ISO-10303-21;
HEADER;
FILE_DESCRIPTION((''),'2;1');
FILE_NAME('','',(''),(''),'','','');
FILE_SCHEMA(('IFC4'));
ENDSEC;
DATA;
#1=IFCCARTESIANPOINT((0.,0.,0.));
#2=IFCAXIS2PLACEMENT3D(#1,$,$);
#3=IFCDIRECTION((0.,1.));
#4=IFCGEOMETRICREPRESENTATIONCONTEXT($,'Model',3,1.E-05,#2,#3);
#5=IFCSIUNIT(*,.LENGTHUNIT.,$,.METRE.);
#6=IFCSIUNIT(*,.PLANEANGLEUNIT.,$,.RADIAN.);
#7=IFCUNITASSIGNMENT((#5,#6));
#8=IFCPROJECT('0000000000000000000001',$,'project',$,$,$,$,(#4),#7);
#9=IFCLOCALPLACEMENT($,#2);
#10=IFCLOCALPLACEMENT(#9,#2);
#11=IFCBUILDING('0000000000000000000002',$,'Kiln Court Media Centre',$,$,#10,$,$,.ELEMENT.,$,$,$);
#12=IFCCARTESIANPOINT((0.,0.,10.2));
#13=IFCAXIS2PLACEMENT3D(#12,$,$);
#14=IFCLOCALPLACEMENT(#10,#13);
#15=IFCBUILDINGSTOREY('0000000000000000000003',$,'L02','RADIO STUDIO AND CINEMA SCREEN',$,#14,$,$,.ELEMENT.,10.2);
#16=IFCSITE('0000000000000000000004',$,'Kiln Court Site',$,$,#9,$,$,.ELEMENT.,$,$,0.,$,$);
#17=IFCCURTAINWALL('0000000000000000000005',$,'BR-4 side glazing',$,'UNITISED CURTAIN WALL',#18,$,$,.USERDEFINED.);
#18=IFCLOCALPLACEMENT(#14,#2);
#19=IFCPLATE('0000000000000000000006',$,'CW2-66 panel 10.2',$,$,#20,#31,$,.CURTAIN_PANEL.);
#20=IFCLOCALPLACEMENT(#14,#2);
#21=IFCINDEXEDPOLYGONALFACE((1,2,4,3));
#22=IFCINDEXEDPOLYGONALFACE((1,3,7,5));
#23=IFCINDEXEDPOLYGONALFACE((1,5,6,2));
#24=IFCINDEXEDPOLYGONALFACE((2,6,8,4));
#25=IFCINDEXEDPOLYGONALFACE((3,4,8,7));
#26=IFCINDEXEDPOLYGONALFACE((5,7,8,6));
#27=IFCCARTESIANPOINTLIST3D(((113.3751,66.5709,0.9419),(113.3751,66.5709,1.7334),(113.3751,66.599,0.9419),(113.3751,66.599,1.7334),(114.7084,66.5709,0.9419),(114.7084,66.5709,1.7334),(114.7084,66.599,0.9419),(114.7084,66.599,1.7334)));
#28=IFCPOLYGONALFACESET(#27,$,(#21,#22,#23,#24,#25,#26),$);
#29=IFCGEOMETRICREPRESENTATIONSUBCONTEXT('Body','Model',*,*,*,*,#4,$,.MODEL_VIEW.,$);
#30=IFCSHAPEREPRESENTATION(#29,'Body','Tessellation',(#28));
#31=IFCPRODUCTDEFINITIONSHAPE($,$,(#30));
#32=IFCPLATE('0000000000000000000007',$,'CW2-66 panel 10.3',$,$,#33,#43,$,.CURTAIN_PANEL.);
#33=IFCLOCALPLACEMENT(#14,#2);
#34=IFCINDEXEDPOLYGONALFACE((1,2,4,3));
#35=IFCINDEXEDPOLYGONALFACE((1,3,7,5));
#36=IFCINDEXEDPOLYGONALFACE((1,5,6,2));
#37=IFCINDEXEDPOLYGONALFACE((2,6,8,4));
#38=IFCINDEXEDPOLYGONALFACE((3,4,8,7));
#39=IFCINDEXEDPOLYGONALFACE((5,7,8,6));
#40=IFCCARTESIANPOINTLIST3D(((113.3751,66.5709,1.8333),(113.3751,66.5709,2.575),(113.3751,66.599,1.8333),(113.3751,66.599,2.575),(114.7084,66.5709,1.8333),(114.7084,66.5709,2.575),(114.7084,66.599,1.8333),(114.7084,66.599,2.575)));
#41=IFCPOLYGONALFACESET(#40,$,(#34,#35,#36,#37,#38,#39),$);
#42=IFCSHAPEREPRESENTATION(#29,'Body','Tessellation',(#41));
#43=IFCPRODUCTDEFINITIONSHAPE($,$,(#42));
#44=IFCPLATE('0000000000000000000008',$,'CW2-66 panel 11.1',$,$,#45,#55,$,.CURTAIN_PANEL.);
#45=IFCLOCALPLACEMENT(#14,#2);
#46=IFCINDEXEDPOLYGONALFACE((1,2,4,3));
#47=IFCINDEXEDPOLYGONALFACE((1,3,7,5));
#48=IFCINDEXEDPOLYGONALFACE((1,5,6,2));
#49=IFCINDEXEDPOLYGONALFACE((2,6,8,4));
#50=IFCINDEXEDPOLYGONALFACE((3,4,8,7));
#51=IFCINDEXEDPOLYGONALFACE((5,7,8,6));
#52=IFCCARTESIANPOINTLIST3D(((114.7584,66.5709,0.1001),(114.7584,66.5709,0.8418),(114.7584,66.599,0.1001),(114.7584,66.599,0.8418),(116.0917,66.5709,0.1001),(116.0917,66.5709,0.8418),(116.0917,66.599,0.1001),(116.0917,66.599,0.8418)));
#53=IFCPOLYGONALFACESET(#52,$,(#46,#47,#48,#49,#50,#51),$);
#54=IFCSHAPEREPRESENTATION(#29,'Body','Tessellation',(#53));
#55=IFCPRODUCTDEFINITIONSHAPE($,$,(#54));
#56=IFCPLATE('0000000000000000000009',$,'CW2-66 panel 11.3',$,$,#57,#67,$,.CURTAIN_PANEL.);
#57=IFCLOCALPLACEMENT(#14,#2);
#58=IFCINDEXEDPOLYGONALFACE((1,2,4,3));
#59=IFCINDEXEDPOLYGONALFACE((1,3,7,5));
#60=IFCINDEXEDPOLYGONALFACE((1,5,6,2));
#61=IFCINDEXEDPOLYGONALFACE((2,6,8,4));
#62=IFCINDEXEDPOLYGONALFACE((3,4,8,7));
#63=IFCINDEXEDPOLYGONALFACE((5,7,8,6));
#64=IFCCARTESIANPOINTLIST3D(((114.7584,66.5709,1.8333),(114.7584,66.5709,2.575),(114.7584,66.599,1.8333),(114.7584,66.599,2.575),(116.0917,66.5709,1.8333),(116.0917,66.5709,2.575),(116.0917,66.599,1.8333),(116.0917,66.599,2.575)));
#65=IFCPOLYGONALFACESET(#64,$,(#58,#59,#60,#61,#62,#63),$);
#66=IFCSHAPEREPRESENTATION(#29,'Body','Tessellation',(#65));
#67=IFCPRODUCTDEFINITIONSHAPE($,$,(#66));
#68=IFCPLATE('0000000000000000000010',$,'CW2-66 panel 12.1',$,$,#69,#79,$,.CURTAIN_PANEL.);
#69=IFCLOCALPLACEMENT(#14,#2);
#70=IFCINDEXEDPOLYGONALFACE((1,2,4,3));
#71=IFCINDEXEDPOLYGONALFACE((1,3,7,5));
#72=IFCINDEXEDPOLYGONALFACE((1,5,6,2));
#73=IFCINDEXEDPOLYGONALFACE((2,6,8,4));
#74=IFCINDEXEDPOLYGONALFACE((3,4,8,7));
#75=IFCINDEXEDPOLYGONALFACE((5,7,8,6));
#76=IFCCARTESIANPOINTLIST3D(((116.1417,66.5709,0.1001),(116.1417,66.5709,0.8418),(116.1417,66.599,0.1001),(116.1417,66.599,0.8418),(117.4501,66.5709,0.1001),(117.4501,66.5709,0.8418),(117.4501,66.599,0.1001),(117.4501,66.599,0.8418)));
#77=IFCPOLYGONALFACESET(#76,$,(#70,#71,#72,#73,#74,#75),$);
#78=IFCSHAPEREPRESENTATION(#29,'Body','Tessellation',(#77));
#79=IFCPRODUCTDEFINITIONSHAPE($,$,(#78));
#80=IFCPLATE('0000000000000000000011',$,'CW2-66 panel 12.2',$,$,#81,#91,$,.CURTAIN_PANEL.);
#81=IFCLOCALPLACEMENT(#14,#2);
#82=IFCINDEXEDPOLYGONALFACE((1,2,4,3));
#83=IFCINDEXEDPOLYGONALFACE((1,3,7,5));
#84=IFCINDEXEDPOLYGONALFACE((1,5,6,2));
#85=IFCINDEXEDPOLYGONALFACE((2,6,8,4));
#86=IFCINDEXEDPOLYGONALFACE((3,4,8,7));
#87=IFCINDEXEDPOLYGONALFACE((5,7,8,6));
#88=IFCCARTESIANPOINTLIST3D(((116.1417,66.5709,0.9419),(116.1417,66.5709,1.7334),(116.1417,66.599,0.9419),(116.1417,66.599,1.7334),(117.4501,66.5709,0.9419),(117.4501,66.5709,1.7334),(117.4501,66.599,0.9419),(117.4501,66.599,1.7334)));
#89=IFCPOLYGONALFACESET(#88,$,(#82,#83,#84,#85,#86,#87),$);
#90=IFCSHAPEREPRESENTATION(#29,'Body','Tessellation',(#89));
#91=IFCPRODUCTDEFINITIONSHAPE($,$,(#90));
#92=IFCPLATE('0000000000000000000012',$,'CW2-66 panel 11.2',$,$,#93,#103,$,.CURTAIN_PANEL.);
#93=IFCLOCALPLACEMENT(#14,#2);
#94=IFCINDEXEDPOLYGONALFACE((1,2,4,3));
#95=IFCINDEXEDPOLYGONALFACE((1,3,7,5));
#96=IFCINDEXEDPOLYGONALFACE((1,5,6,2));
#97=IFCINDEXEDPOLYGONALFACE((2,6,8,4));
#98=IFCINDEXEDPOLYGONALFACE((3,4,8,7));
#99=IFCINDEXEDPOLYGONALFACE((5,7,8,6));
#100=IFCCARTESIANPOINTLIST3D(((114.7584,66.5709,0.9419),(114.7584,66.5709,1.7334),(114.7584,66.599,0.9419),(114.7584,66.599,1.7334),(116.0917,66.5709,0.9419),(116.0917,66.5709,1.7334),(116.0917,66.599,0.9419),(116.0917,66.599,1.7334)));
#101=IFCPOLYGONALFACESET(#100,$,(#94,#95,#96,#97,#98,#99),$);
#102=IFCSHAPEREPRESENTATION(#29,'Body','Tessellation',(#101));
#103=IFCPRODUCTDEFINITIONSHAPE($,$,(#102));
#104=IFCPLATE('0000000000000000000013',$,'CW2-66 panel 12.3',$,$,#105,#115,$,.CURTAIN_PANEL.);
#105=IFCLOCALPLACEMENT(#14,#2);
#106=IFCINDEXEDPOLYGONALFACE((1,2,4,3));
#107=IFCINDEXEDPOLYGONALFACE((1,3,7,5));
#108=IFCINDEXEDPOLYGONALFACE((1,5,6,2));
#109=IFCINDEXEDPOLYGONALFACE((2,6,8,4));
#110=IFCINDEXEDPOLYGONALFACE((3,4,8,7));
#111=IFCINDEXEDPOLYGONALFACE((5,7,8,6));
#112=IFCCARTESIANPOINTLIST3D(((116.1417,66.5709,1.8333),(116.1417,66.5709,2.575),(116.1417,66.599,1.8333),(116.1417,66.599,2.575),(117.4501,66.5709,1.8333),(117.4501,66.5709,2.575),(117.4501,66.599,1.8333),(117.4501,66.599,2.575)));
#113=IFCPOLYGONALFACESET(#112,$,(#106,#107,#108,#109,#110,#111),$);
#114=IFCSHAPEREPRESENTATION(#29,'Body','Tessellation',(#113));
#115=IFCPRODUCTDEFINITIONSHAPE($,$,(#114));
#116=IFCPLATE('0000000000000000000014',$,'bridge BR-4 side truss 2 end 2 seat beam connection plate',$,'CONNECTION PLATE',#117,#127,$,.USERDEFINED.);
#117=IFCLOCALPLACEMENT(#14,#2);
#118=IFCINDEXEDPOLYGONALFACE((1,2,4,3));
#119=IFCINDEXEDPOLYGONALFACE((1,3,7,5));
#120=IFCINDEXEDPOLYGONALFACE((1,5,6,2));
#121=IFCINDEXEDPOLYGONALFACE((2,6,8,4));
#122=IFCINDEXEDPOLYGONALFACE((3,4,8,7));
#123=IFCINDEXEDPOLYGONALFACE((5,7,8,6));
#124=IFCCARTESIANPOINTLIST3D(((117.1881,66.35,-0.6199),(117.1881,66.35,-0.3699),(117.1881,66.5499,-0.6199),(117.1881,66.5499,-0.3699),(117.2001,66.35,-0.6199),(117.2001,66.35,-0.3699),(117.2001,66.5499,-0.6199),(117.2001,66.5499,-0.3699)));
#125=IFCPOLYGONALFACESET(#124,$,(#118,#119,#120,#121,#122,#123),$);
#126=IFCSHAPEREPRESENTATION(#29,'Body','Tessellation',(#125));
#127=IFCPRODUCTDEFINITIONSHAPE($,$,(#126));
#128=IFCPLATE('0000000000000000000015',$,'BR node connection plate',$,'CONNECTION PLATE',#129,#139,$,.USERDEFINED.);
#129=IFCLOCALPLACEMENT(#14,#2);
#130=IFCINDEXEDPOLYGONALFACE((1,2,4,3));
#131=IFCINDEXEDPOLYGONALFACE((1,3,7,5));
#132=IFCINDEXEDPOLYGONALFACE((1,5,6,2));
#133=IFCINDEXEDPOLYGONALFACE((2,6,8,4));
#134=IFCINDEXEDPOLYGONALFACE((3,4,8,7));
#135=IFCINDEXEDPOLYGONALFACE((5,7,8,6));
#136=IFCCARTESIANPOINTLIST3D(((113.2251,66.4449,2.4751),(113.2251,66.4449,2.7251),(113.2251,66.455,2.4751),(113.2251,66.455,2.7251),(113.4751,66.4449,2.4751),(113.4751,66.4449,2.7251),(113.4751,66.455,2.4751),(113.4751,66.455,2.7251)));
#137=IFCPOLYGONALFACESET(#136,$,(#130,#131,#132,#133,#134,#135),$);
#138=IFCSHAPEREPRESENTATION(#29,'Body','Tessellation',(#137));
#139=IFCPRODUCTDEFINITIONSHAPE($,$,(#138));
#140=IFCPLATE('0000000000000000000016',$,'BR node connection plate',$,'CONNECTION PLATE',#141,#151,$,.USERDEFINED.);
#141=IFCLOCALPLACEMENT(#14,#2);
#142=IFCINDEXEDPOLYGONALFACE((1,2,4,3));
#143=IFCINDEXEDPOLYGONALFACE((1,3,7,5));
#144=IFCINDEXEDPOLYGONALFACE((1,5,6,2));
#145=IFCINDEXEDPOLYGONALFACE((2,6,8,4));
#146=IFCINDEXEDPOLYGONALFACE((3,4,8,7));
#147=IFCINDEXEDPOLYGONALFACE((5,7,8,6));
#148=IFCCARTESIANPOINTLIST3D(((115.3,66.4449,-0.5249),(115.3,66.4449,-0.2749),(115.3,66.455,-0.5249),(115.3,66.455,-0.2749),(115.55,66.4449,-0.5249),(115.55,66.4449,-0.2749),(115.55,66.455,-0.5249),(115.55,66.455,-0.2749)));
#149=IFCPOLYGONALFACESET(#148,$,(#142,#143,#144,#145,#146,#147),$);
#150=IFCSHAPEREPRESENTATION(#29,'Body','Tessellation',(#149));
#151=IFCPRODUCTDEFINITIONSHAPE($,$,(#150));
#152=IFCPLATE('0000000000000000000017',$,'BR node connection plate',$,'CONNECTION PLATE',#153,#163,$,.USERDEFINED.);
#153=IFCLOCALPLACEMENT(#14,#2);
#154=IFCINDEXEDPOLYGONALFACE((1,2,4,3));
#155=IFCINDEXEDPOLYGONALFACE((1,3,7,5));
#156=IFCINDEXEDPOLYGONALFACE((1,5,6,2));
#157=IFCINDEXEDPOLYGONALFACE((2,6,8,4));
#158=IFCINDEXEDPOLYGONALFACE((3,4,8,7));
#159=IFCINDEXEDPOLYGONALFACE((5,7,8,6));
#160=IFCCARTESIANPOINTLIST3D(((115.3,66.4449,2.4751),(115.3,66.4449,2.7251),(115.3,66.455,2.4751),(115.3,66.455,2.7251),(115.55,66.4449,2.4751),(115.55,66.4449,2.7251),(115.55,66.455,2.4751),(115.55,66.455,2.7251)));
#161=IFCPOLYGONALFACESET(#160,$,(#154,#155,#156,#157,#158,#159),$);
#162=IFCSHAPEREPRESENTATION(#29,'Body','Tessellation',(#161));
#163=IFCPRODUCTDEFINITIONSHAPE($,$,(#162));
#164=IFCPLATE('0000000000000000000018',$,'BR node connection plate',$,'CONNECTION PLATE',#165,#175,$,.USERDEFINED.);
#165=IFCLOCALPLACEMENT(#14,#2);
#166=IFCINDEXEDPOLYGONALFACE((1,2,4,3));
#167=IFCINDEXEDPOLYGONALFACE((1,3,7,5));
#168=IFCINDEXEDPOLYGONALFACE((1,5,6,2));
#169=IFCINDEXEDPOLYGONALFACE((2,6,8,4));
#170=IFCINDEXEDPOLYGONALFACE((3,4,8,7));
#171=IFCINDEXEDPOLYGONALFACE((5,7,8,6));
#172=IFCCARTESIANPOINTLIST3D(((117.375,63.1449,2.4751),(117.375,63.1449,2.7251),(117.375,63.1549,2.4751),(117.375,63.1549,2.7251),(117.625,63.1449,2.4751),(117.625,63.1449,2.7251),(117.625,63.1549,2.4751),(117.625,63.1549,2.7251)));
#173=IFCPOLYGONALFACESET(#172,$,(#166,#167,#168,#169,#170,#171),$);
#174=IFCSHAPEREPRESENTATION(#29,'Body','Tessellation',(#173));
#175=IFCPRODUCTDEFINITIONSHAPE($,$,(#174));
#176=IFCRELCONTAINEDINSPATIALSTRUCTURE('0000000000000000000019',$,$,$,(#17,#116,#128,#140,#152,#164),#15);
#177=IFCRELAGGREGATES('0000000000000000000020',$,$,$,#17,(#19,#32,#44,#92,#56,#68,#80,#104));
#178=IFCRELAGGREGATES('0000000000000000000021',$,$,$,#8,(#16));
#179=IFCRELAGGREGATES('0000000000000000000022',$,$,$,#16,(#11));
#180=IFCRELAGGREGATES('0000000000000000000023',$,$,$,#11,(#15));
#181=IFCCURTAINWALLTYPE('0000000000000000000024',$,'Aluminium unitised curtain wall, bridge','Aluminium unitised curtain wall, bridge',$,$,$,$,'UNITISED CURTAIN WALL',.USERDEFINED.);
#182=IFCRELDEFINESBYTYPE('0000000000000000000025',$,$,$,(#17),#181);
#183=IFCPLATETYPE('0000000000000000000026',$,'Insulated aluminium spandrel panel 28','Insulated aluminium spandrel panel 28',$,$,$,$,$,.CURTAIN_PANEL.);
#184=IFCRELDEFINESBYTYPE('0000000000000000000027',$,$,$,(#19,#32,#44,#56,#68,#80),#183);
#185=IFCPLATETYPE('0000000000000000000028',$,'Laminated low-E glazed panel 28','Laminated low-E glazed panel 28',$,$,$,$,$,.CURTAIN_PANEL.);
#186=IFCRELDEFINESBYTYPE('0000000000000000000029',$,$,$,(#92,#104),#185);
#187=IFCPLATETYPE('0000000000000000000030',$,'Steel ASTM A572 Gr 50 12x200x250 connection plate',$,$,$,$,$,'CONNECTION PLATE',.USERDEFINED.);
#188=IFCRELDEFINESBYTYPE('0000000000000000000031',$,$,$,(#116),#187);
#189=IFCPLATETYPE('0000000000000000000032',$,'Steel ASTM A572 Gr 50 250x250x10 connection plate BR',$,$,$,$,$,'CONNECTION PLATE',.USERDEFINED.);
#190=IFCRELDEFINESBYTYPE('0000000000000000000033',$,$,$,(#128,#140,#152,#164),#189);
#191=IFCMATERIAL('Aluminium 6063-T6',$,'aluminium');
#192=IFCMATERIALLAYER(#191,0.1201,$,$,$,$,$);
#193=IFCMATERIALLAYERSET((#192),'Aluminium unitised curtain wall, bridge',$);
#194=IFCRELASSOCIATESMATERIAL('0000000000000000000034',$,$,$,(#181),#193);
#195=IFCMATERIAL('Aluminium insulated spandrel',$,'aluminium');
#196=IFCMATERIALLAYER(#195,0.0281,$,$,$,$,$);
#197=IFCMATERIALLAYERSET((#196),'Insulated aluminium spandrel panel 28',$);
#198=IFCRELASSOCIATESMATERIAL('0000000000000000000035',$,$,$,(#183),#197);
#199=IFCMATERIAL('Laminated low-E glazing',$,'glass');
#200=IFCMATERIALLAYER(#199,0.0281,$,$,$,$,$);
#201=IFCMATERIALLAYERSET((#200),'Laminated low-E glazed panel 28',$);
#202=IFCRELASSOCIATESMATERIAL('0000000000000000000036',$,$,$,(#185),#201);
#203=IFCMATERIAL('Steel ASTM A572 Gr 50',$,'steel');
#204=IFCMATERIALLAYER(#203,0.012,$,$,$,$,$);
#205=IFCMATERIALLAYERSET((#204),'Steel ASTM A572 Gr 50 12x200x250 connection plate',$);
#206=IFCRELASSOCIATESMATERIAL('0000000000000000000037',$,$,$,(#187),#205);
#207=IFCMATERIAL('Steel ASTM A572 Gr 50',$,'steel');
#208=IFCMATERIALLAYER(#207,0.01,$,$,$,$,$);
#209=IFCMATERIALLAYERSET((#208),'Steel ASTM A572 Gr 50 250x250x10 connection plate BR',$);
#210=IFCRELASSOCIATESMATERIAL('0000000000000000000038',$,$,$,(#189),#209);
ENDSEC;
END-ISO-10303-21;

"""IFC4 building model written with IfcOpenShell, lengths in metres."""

from ifc_helpers import new_model, si_unit, direction, frame, origin, origin_2d, place, context, subcontext, project, spatial, rectangle, extrude, material, layer, layer_set, type_object, element, aggregate, save


model = new_model("IFC4")

# Units and contexts
model_context = context("Model", 3, precision=1e-05, world=origin(), true_north=direction((0.0, 1.0)))
body_context = subcontext(model_context, "Body", "Model", "MODEL_VIEW")
ifc_project = project(units=[si_unit("LENGTHUNIT", "METRE"), si_unit("PLANEANGLEUNIT", "RADIAN")], contexts=[model_context])

# Site, building, storey
site_placement = place(None, origin())
site = spatial("IfcSite", under=ifc_project, at=site_placement, Name="Kiln Court Site", CompositionType="ELEMENT", RefElevation=0.0)
building_placement = place(site_placement, origin())
building = spatial("IfcBuilding", under=site, at=building_placement, Name="Kiln Court Media Centre", CompositionType="ELEMENT")
storey_placement = place(building_placement, frame((0.0, 0.0, 10.2)))
storey = spatial("IfcBuildingStorey", under=building, at=storey_placement, Name="L02", Description="RADIO STUDIO AND CINEMA SCREEN", CompositionType="ELEMENT", Elevation=10.2)

# Curtain wall
ifc_material_1 = material(Name="Aluminium 6063-T6", Category="aluminium")
ifc_layer_1 = layer(ifc_material_1, 0.1201)
ifc_layer_set_1 = layer_set([ifc_layer_1], Name="Aluminium unitised curtain wall, bridge")
curtain_wall_type = type_object("IfcCurtainWallType", Name="Aluminium unitised curtain wall, bridge", Description="Aluminium unitised curtain wall, bridge", ElementType="UNITISED CURTAIN WALL", PredefinedType="USERDEFINED", material=ifc_layer_set_1)
curtain_wall_placement = place(storey_placement, origin())
curtain_wall = element("IfcCurtainWall", 1, at=curtain_wall_placement, inside=storey, type_object=curtain_wall_type, Name="BR-4 side glazing", ObjectType="UNITISED CURTAIN WALL", PredefinedType="USERDEFINED")

# Plates
ifc_material_2 = material(Name="Aluminium insulated spandrel", Category="aluminium")
ifc_layer_2 = layer(ifc_material_2, 0.0281)
ifc_layer_set_2 = layer_set([ifc_layer_2], Name="Insulated aluminium spandrel panel 28")
plate_type_1 = type_object("IfcPlateType", Name="Insulated aluminium spandrel panel 28", Description="Insulated aluminium spandrel panel 28", PredefinedType="CURTAIN_PANEL", material=ifc_layer_set_2)
plate_1_placement = place(storey_placement, frame((114.0417, 66.585, 0.9419), z_axis=(0.0, 0.0, 1.0), x_axis=(1.0, 0.0, 0.0)))
plate_1 = element("IfcPlate", 2, at=plate_1_placement, type_object=plate_type_1, Name="CW2-66 panel 10.2", PredefinedType="CURTAIN_PANEL", context=body_context, shape_type="SweptSolid", body=[
    extrude(rectangle(XDim=1.3333, YDim=0.0281, at=origin_2d()), origin(), (0.0, 0.0, 1.0), 0.7915),
])
plate_2_placement = place(storey_placement, frame((114.0417, 66.585, 1.8333), z_axis=(0.0, 0.0, 1.0), x_axis=(1.0, 0.0, 0.0)))
plate_2 = element("IfcPlate", 3, at=plate_2_placement, type_object=plate_type_1, Name="CW2-66 panel 10.3", PredefinedType="CURTAIN_PANEL", context=body_context, shape_type="SweptSolid", body=[
    extrude(rectangle(XDim=1.3333, YDim=0.0281, at=origin_2d()), origin(), (0.0, 0.0, 1.0), 0.7417),
])
plate_3_placement = place(storey_placement, frame((115.425, 66.585, 0.1001), z_axis=(0.0, 0.0, 1.0), x_axis=(1.0, 0.0, 0.0)))
plate_3 = element("IfcPlate", 4, at=plate_3_placement, type_object=plate_type_1, Name="CW2-66 panel 11.1", PredefinedType="CURTAIN_PANEL", context=body_context, shape_type="SweptSolid", body=[
    extrude(rectangle(XDim=1.3333, YDim=0.0281, at=origin_2d()), origin(), (0.0, 0.0, 1.0), 0.7417),
])
plate_4_placement = place(storey_placement, frame((115.425, 66.585, 1.8333), z_axis=(0.0, 0.0, 1.0), x_axis=(1.0, 0.0, 0.0)))
plate_4 = element("IfcPlate", 5, at=plate_4_placement, type_object=plate_type_1, Name="CW2-66 panel 11.3", PredefinedType="CURTAIN_PANEL", context=body_context, shape_type="SweptSolid", body=[
    extrude(rectangle(XDim=1.3333, YDim=0.0281, at=origin_2d()), origin(), (0.0, 0.0, 1.0), 0.7417),
])
plate_5_placement = place(storey_placement, frame((116.7959, 66.585, 0.1001), z_axis=(0.0, 0.0, 1.0), x_axis=(1.0, 0.0, 0.0)))
plate_5 = element("IfcPlate", 6, at=plate_5_placement, type_object=plate_type_1, Name="CW2-66 panel 12.1", PredefinedType="CURTAIN_PANEL", context=body_context, shape_type="SweptSolid", body=[
    extrude(rectangle(XDim=1.3083, YDim=0.0281, at=origin_2d()), origin(), (0.0, 0.0, 1.0), 0.7417),
])
plate_6_placement = place(storey_placement, frame((116.7959, 66.585, 0.9419), z_axis=(0.0, 0.0, 1.0), x_axis=(1.0, 0.0, 0.0)))
plate_6 = element("IfcPlate", 7, at=plate_6_placement, type_object=plate_type_1, Name="CW2-66 panel 12.2", PredefinedType="CURTAIN_PANEL", context=body_context, shape_type="SweptSolid", body=[
    extrude(rectangle(XDim=1.3083, YDim=0.0281, at=origin_2d()), origin(), (0.0, 0.0, 1.0), 0.7915),
])
ifc_material_3 = material(Name="Laminated low-E glazing", Category="glass")
ifc_layer_3 = layer(ifc_material_3, 0.0281)
ifc_layer_set_3 = layer_set([ifc_layer_3], Name="Laminated low-E glazed panel 28")
plate_type_2 = type_object("IfcPlateType", Name="Laminated low-E glazed panel 28", Description="Laminated low-E glazed panel 28", PredefinedType="CURTAIN_PANEL", material=ifc_layer_set_3)
plate_7_placement = place(storey_placement, frame((115.425, 66.585, 0.9419), z_axis=(0.0, 0.0, 1.0), x_axis=(1.0, 0.0, 0.0)))
plate_7 = element("IfcPlate", 8, at=plate_7_placement, type_object=plate_type_2, Name="CW2-66 panel 11.2", PredefinedType="CURTAIN_PANEL", context=body_context, shape_type="SweptSolid", body=[
    extrude(rectangle(XDim=1.3333, YDim=0.0281, at=origin_2d()), origin(), (0.0, 0.0, 1.0), 0.7915),
])
plate_8_placement = place(storey_placement, frame((116.7959, 66.585, 1.8333), z_axis=(0.0, 0.0, 1.0), x_axis=(1.0, 0.0, 0.0)))
plate_8 = element("IfcPlate", 9, at=plate_8_placement, type_object=plate_type_2, Name="CW2-66 panel 12.3", PredefinedType="CURTAIN_PANEL", context=body_context, shape_type="SweptSolid", body=[
    extrude(rectangle(XDim=1.3083, YDim=0.0281, at=origin_2d()), origin(), (0.0, 0.0, 1.0), 0.7417),
])
aggregate(curtain_wall, [plate_1, plate_2, plate_3, plate_7, plate_4, plate_5, plate_6, plate_8])

# Plates
ifc_material_4 = material(Name="Steel ASTM A572 Gr 50", Category="steel")
ifc_layer_4 = layer(ifc_material_4, 0.012)
ifc_layer_set_4 = layer_set([ifc_layer_4], Name="Steel ASTM A572 Gr 50 12x200x250 connection plate")
plate_type_3 = type_object("IfcPlateType", Name="Steel ASTM A572 Gr 50 12x200x250 connection plate", ElementType="CONNECTION PLATE", PredefinedType="USERDEFINED", material=ifc_layer_set_4)
plate_9_placement = place(storey_placement, frame((117.1941, 66.45, -0.6199), z_axis=(0.0, 0.0, 1.0), x_axis=(1.0, 0.0, 0.0)))
element("IfcPlate", 10, at=plate_9_placement, inside=storey, type_object=plate_type_3, Name="bridge BR-4 side truss 2 end 2 seat beam connection plate", ObjectType="CONNECTION PLATE", PredefinedType="USERDEFINED", context=body_context, shape_type="SweptSolid", body=[
    extrude(rectangle(XDim=0.012, YDim=0.2, at=origin_2d()), origin(), (0.0, 0.0, 1.0), 0.25),
])
ifc_material_5 = material(Name="Steel ASTM A572 Gr 50", Category="steel")
ifc_layer_5 = layer(ifc_material_5, 0.01)
ifc_layer_set_5 = layer_set([ifc_layer_5], Name="Steel ASTM A572 Gr 50 250x250x10 connection plate BR")
plate_type_4 = type_object("IfcPlateType", Name="Steel ASTM A572 Gr 50 250x250x10 connection plate BR", ElementType="CONNECTION PLATE", PredefinedType="USERDEFINED", material=ifc_layer_set_5)
for number, where, z_axis, x_axis, name in (
    (11, (113.3501, 66.45, 2.4751), (0.0, 0.0, 1.0), (1.0, 0.0, 0.0), "BR node connection plate"),
    (12, (115.425, 66.45, -0.5249), (0.0, 0.0, 1.0), (1.0, 0.0, 0.0), "BR node connection plate"),
    (13, (115.425, 66.45, 2.4751), (0.0, 0.0, 1.0), (1.0, 0.0, 0.0), "BR node connection plate"),
    (14, (117.5, 63.1499, 2.4751), (0.0, 0.0, 1.0), (1.0, 0.0, 0.0), "BR node connection plate"),
):
    element("IfcPlate", number, at=place(storey_placement, frame(where, z_axis=z_axis, x_axis=x_axis)), inside=storey, type_object=plate_type_4, Name=name, ObjectType="CONNECTION PLATE", PredefinedType="USERDEFINED", context=body_context, shape_type="SweptSolid", body=[
        extrude(rectangle(XDim=0.25, YDim=0.01, at=origin_2d()), origin(), (0.0, 0.0, 1.0), 0.25),
    ])

save(model, "model.ifc")
